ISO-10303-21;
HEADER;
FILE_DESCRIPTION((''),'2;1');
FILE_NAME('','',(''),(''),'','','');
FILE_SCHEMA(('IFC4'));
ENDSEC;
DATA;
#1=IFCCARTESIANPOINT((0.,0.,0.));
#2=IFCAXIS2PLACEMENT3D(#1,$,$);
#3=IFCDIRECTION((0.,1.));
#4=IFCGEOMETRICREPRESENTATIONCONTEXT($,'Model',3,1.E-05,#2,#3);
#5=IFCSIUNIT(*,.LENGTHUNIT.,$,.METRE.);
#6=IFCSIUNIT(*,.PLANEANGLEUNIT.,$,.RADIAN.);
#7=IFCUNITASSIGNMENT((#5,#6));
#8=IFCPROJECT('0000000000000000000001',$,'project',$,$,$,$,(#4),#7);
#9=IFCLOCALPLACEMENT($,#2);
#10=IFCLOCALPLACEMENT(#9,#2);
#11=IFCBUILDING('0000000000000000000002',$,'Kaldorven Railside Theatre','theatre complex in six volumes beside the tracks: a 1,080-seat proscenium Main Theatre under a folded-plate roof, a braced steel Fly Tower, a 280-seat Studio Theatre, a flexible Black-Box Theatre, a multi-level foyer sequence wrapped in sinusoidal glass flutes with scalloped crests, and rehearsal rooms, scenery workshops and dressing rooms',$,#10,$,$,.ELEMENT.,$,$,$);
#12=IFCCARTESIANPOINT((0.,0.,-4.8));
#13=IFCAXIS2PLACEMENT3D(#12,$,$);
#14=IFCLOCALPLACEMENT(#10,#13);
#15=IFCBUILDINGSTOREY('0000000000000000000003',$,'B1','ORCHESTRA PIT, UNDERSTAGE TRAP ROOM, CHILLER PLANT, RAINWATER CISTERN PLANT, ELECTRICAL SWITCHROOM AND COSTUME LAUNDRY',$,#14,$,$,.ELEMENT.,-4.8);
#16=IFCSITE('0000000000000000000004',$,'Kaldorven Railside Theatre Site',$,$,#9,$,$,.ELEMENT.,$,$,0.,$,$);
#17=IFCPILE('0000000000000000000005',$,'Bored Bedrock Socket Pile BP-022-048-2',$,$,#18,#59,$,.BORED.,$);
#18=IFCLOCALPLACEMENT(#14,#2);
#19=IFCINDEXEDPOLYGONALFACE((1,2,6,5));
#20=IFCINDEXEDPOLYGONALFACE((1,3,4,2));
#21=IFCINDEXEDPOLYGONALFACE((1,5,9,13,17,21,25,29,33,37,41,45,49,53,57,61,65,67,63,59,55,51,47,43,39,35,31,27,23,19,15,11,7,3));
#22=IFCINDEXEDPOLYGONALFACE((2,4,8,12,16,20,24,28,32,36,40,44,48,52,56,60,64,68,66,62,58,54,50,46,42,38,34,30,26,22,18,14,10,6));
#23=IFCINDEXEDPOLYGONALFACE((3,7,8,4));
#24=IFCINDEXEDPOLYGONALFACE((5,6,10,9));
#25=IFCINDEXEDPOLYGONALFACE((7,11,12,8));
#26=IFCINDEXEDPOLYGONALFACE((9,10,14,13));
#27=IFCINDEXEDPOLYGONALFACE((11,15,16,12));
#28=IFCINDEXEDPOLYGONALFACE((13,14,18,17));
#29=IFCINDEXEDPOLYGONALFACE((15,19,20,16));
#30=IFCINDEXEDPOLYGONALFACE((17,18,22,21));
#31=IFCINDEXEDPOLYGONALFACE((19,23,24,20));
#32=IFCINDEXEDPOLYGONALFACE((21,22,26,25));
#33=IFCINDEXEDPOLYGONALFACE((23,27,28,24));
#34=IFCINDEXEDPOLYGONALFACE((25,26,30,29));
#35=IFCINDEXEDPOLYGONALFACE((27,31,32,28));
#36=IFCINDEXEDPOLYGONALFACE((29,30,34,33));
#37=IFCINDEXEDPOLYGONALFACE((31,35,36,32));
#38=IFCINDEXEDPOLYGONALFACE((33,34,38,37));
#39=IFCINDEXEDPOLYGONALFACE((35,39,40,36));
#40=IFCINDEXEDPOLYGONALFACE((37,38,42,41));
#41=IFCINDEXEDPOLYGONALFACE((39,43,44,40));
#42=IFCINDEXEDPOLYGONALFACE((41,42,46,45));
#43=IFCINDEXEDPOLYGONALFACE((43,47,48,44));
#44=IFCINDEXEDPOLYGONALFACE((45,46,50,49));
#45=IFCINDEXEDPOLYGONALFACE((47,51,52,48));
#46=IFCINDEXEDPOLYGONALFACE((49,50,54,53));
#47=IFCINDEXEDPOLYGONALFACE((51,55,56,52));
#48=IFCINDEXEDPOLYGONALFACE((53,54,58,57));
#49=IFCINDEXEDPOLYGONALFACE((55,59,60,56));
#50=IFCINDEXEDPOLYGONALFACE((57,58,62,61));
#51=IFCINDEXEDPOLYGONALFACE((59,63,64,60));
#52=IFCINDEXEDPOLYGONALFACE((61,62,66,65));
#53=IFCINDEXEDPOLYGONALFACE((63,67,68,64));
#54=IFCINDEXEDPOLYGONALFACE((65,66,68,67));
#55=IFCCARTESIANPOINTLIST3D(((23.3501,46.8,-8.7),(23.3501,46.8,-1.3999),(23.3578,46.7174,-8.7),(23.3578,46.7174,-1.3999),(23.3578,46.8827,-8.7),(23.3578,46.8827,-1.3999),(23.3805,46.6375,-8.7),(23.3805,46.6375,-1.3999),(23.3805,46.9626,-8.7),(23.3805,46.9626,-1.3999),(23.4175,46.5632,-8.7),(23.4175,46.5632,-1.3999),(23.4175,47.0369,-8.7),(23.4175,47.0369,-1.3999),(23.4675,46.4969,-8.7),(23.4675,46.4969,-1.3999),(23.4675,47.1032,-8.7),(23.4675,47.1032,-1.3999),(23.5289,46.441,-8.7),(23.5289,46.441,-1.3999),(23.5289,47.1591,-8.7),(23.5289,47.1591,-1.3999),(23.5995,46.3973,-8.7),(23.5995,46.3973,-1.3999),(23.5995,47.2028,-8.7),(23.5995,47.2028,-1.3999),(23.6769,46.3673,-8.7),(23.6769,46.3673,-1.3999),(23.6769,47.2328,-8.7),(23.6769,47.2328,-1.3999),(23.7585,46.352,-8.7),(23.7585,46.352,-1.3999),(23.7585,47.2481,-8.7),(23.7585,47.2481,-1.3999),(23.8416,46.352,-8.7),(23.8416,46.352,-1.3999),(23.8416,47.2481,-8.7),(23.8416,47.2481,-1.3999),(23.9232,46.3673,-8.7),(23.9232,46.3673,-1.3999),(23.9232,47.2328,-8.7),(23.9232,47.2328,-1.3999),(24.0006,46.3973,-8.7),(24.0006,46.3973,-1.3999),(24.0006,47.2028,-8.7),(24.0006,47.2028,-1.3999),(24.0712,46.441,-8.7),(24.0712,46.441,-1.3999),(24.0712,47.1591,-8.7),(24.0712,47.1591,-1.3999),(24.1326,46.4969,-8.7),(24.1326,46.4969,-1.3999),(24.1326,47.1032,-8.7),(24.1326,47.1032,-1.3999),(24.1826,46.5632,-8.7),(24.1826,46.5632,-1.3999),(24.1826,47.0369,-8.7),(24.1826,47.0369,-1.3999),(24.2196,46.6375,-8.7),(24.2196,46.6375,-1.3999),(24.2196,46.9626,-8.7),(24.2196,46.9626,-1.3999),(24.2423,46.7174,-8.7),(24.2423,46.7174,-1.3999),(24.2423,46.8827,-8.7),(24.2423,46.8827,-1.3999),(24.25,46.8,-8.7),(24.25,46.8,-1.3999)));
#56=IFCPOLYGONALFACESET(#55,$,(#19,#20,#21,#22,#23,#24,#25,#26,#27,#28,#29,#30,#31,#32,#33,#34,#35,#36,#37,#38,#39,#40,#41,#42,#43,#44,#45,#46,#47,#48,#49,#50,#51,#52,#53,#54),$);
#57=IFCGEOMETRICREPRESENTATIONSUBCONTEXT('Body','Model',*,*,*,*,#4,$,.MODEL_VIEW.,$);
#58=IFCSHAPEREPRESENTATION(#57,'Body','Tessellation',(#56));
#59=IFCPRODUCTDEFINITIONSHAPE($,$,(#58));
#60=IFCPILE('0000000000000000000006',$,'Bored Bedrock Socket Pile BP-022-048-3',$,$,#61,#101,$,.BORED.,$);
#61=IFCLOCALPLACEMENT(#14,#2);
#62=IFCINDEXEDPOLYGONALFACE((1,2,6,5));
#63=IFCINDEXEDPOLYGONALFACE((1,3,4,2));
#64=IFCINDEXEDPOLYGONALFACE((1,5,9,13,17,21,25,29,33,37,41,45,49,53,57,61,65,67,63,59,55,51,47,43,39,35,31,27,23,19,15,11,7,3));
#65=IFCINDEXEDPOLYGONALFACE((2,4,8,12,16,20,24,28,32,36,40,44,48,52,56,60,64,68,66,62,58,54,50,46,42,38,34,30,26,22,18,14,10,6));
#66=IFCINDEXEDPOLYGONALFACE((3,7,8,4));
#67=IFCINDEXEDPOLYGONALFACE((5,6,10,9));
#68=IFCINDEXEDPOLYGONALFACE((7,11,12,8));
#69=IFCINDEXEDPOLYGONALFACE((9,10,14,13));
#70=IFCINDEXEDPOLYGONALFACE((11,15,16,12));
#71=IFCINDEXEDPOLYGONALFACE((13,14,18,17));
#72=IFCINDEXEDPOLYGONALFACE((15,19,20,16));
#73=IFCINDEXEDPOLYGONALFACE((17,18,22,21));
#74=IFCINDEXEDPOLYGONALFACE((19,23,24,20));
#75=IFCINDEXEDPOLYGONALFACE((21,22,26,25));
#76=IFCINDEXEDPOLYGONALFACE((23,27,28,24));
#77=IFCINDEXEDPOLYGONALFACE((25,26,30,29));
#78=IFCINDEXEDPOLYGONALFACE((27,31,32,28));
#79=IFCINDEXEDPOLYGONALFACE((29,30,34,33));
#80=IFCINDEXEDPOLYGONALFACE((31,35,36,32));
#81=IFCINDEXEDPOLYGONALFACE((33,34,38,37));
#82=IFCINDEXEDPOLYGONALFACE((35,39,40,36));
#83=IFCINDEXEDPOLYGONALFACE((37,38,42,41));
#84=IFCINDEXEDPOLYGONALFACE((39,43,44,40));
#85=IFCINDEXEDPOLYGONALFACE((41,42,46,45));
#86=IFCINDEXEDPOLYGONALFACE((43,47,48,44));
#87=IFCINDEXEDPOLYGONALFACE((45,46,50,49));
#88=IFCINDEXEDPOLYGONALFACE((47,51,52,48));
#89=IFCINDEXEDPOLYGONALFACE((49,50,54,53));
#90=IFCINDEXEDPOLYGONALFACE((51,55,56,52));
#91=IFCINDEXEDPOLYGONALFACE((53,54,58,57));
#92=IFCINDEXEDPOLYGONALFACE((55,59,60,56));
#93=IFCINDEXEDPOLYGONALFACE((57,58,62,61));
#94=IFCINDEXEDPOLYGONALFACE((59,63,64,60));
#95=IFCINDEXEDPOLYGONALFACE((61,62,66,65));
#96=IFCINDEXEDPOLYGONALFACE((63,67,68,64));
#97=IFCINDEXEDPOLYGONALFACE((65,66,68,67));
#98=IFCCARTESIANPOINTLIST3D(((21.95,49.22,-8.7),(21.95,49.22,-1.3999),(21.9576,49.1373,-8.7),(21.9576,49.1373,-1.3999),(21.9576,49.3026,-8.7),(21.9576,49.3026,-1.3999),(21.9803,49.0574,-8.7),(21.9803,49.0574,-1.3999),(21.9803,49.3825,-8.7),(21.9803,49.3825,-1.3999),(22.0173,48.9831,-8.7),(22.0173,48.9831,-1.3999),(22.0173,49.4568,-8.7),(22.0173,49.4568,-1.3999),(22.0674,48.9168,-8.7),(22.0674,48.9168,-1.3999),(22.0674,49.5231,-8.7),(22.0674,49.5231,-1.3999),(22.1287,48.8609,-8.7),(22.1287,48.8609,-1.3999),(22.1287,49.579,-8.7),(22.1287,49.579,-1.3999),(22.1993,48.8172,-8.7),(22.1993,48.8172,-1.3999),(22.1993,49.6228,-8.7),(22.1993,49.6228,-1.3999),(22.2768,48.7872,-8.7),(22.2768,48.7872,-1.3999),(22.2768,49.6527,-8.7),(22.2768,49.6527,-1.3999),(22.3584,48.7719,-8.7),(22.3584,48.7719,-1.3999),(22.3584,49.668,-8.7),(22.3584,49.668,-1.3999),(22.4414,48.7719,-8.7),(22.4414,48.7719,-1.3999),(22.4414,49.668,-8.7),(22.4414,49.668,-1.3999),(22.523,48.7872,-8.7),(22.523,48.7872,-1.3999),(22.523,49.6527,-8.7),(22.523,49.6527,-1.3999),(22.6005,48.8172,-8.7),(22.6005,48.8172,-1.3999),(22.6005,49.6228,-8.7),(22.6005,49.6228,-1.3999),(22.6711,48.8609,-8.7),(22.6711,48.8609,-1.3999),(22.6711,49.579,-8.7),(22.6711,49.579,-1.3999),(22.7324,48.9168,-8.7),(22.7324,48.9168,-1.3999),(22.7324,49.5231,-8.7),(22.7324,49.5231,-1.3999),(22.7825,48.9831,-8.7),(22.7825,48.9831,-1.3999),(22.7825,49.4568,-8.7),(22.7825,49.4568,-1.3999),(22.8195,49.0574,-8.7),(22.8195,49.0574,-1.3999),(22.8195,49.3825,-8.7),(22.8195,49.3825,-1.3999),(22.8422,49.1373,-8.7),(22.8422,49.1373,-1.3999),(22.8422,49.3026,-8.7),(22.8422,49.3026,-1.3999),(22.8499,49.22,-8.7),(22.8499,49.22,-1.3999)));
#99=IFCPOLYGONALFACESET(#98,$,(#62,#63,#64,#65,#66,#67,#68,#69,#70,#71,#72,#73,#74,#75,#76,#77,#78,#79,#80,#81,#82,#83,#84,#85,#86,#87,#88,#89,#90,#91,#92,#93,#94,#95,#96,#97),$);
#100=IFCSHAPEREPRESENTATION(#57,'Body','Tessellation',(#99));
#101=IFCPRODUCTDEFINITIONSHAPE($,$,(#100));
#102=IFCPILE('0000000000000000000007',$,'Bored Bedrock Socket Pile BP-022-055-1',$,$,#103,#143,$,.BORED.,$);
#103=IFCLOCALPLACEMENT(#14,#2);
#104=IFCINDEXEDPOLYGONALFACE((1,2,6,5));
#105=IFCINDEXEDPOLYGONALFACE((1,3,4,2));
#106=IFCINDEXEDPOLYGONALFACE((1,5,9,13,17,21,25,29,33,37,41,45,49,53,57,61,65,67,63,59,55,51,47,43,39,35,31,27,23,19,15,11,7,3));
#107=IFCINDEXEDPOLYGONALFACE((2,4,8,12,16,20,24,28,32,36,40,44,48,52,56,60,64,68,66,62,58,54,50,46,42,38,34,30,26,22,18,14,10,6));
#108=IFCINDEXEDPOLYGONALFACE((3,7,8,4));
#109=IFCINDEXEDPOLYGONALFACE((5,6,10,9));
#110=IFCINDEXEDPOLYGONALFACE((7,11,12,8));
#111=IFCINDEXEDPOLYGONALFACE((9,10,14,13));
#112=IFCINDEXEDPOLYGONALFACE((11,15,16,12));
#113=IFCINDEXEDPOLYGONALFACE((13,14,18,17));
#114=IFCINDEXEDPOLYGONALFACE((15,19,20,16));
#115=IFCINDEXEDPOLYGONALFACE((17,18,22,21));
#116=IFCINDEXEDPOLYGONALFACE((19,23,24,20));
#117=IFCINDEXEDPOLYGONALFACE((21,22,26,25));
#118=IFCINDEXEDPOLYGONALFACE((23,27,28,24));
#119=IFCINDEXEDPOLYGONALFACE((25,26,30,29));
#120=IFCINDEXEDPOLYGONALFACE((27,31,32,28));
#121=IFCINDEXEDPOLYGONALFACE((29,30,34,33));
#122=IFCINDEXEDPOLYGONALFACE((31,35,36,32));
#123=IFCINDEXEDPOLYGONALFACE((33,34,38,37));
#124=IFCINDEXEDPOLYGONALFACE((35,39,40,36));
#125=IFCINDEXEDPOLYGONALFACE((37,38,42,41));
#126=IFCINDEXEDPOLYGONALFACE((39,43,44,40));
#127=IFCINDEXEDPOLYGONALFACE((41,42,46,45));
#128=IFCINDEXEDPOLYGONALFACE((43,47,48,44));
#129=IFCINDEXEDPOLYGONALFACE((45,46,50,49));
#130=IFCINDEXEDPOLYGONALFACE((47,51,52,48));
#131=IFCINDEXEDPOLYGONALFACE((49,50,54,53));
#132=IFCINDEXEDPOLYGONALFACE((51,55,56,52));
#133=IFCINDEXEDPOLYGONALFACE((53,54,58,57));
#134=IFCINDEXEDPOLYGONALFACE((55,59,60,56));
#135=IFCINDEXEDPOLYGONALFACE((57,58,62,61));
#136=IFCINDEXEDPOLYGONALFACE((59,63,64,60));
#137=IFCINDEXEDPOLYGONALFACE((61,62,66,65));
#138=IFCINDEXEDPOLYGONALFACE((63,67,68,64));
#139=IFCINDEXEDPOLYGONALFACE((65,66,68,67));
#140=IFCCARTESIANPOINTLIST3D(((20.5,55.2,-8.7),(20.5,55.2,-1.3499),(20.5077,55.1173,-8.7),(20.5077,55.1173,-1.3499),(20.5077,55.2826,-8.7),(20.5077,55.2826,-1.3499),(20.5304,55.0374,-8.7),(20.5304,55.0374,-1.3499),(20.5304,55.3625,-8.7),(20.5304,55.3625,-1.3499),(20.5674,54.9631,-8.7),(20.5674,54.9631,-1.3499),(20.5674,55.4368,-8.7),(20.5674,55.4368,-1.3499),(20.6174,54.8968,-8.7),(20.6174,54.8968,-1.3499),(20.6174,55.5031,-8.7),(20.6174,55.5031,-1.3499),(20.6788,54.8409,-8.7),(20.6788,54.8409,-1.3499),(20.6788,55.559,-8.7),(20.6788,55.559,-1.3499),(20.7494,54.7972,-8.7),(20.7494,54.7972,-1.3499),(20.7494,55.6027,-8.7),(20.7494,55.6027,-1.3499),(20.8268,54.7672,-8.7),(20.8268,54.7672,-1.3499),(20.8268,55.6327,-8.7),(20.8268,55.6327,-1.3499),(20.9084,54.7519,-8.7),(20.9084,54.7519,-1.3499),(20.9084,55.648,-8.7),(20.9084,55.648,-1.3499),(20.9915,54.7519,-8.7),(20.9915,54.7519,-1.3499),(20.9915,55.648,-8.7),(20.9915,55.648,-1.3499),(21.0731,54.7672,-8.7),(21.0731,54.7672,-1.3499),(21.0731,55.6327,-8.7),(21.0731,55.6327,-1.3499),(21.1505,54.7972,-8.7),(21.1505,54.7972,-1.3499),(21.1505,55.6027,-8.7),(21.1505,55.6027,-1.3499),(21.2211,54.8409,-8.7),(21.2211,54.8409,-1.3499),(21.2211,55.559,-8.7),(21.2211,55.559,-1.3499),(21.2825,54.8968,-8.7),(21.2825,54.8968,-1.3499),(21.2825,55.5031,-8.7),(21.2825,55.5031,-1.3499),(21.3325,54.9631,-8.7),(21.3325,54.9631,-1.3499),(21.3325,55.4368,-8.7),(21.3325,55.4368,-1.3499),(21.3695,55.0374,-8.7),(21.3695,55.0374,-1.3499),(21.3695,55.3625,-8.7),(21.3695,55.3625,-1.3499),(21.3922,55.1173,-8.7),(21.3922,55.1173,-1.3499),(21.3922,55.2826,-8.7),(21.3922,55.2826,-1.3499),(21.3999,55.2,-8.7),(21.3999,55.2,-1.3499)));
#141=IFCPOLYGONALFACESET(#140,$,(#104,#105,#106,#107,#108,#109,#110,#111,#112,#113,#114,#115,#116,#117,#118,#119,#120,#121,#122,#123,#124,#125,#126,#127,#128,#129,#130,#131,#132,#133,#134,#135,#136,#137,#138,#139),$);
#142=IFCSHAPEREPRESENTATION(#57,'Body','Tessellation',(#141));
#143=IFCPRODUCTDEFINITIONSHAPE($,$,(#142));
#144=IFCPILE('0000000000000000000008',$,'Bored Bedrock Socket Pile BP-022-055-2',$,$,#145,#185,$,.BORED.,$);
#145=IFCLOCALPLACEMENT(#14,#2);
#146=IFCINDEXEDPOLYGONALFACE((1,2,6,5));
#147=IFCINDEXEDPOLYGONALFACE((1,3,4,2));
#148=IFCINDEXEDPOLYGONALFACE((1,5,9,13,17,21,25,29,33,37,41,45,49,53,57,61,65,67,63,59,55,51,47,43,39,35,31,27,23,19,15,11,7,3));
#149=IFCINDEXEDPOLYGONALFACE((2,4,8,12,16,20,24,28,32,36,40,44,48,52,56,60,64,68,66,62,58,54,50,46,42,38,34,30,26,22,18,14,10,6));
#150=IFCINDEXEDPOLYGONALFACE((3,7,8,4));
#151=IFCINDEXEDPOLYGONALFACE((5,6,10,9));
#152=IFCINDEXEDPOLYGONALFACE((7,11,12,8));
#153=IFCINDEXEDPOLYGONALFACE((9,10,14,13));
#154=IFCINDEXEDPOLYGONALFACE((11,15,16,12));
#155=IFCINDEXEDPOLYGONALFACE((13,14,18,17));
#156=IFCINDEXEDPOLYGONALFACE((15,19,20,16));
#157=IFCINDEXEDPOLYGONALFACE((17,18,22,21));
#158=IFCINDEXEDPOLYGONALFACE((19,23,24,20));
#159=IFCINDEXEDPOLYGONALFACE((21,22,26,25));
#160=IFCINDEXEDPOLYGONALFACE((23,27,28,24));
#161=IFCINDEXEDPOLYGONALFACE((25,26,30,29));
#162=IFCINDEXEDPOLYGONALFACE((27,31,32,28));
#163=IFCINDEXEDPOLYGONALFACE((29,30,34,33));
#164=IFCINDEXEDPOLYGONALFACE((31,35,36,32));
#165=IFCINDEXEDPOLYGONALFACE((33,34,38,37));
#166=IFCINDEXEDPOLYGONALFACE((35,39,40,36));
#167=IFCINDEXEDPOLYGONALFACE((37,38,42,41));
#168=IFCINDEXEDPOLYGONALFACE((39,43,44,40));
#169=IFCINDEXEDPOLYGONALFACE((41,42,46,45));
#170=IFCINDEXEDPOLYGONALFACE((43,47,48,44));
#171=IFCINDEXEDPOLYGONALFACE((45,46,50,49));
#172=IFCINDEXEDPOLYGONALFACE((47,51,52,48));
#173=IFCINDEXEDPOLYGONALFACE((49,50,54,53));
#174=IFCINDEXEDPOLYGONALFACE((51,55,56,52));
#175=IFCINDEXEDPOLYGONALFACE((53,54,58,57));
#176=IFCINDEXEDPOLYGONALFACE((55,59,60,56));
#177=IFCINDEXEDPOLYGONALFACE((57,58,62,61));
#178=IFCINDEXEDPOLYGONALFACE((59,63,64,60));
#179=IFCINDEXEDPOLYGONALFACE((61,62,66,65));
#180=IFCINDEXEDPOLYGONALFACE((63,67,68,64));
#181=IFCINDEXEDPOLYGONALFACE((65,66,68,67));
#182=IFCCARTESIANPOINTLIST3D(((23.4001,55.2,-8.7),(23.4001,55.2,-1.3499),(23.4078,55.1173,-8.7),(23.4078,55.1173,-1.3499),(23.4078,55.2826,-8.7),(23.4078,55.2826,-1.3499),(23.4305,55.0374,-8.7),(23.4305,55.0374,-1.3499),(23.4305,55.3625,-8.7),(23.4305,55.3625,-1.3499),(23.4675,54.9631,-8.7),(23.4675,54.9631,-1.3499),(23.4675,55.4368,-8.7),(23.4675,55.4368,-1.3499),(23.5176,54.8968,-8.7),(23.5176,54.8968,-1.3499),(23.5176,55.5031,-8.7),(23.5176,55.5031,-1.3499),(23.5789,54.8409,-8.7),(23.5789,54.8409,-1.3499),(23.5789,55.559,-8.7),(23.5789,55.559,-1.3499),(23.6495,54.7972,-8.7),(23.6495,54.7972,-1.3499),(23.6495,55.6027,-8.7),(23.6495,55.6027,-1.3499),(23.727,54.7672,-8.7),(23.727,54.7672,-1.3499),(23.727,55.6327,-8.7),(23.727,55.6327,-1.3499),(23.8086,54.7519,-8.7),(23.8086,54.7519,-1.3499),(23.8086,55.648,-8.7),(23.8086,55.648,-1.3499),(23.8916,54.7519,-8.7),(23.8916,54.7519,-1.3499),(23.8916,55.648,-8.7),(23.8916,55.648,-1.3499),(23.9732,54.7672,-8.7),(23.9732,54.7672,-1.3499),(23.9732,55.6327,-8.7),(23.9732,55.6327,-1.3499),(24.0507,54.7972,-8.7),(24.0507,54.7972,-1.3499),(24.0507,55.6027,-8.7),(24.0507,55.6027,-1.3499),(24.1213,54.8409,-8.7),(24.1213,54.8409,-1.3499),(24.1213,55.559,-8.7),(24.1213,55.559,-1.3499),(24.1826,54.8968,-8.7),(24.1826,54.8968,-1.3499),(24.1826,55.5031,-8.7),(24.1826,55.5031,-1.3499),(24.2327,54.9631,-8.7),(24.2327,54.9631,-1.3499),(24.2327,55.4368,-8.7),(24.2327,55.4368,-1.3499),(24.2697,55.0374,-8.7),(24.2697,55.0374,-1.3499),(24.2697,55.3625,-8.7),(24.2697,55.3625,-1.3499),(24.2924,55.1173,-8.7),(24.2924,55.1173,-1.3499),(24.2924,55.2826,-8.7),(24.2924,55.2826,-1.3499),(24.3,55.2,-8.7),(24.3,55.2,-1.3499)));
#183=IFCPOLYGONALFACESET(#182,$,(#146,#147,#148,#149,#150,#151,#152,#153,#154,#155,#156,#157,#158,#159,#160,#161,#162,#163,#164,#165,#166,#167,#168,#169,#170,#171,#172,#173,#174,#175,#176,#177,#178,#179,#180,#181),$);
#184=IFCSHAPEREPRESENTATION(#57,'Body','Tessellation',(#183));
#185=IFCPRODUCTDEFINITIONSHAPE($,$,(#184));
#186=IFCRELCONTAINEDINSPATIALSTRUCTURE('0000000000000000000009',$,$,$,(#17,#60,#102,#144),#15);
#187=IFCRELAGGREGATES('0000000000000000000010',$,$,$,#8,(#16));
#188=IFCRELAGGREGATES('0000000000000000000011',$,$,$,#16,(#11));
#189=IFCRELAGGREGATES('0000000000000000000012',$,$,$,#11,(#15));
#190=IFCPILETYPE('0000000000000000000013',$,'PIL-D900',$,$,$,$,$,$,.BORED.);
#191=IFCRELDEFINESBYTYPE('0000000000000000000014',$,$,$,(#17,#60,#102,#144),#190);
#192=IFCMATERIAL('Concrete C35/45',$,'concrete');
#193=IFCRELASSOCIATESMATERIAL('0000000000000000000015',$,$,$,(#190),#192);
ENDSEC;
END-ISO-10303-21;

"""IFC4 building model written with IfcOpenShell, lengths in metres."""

from ifc_helpers import new_model, si_unit, direction, frame, origin, origin_2d, place, context, subcontext, project, spatial, circle, extrude, material, material_profile, profile_set, type_object, element, save


model = new_model("IFC4")

# Units and contexts
model_context = context("Model", 3, precision=1e-05, world=origin(), true_north=direction((0.0, 1.0)))
body_context = subcontext(model_context, "Body", "Model", "MODEL_VIEW")
ifc_project = project(units=[si_unit("LENGTHUNIT", "METRE"), si_unit("PLANEANGLEUNIT", "RADIAN")], contexts=[model_context])

# Site, building, storey
site_placement = place(None, origin())
site = spatial("IfcSite", under=ifc_project, at=site_placement, Name="Kaldorven Railside Theatre Site", CompositionType="ELEMENT", RefElevation=0.0)
building_placement = place(site_placement, origin())
building = spatial("IfcBuilding", under=site, at=building_placement, Name="Kaldorven Railside Theatre", Description="theatre complex in six volumes beside the tracks: a 1,080-seat proscenium Main Theatre under a folded-plate roof, a braced steel Fly Tower, a 280-seat Studio Theatre, a flexible Black-Box Theatre, a multi-level foyer sequence wrapped in sinusoidal glass flutes with scalloped crests, and rehearsal rooms, scenery workshops and dressing rooms", CompositionType="ELEMENT")
storey_placement = place(building_placement, frame((0.0, 0.0, -4.8)))
storey = spatial("IfcBuildingStorey", under=building, at=storey_placement, Name="B1", Description="ORCHESTRA PIT, UNDERSTAGE TRAP ROOM, CHILLER PLANT, RAINWATER CISTERN PLANT, ELECTRICAL SWITCHROOM AND COSTUME LAUNDRY", CompositionType="ELEMENT", Elevation=-4.8)

# Piles
ifc_material_1 = material(Name="Concrete C35/45", Category="concrete")
ifc_material_profile_1 = material_profile(ifc_material_1, circle(Radius=0.45, at=origin_2d()), Name="BP D900")
ifc_profile_set_1 = profile_set([ifc_material_profile_1], Name="Concrete C35/45")
pile_type_1 = type_object("IfcPileType", Name="PIL-D900", PredefinedType="BORED", material=ifc_profile_set_1)
for number, where, z_axis, x_axis, name in (
    (1, (23.8, 46.8, -1.3999), (0.0, 0.0, -1.0), (1.0, 0.0, 0.0), "Bored Bedrock Socket Pile BP-022-048-2"),
    (2, (22.3999, 49.22, -1.3999), (0.0, 0.0, -1.0), (1.0, 0.0, 0.0), "Bored Bedrock Socket Pile BP-022-048-3"),
):
    element("IfcPile", number, at=place(storey_placement, frame(where, z_axis=z_axis, x_axis=x_axis)), inside=storey, type_object=pile_type_1, Name=name, PredefinedType="BORED", context=body_context, shape_type="SweptSolid", body=[
        extrude(circle(Radius=0.45, at=origin_2d()), origin(), (0.0, 0.0, 1.0), 7.3),
    ])
for number, where, z_axis, x_axis, name in (
    (3, (20.95, 55.2, -1.3499), (0.0, 0.0, -1.0), (1.0, 0.0, 0.0), "Bored Bedrock Socket Pile BP-022-055-1"),
    (4, (23.8501, 55.2, -1.3499), (0.0, 0.0, -1.0), (1.0, 0.0, 0.0), "Bored Bedrock Socket Pile BP-022-055-2"),
):
    element("IfcPile", number, at=place(storey_placement, frame(where, z_axis=z_axis, x_axis=x_axis)), inside=storey, type_object=pile_type_1, Name=name, PredefinedType="BORED", context=body_context, shape_type="SweptSolid", body=[
        extrude(circle(Radius=0.45, at=origin_2d()), origin(), (0.0, 0.0, 1.0), 7.3501),
    ])

save(model, "model.ifc")
